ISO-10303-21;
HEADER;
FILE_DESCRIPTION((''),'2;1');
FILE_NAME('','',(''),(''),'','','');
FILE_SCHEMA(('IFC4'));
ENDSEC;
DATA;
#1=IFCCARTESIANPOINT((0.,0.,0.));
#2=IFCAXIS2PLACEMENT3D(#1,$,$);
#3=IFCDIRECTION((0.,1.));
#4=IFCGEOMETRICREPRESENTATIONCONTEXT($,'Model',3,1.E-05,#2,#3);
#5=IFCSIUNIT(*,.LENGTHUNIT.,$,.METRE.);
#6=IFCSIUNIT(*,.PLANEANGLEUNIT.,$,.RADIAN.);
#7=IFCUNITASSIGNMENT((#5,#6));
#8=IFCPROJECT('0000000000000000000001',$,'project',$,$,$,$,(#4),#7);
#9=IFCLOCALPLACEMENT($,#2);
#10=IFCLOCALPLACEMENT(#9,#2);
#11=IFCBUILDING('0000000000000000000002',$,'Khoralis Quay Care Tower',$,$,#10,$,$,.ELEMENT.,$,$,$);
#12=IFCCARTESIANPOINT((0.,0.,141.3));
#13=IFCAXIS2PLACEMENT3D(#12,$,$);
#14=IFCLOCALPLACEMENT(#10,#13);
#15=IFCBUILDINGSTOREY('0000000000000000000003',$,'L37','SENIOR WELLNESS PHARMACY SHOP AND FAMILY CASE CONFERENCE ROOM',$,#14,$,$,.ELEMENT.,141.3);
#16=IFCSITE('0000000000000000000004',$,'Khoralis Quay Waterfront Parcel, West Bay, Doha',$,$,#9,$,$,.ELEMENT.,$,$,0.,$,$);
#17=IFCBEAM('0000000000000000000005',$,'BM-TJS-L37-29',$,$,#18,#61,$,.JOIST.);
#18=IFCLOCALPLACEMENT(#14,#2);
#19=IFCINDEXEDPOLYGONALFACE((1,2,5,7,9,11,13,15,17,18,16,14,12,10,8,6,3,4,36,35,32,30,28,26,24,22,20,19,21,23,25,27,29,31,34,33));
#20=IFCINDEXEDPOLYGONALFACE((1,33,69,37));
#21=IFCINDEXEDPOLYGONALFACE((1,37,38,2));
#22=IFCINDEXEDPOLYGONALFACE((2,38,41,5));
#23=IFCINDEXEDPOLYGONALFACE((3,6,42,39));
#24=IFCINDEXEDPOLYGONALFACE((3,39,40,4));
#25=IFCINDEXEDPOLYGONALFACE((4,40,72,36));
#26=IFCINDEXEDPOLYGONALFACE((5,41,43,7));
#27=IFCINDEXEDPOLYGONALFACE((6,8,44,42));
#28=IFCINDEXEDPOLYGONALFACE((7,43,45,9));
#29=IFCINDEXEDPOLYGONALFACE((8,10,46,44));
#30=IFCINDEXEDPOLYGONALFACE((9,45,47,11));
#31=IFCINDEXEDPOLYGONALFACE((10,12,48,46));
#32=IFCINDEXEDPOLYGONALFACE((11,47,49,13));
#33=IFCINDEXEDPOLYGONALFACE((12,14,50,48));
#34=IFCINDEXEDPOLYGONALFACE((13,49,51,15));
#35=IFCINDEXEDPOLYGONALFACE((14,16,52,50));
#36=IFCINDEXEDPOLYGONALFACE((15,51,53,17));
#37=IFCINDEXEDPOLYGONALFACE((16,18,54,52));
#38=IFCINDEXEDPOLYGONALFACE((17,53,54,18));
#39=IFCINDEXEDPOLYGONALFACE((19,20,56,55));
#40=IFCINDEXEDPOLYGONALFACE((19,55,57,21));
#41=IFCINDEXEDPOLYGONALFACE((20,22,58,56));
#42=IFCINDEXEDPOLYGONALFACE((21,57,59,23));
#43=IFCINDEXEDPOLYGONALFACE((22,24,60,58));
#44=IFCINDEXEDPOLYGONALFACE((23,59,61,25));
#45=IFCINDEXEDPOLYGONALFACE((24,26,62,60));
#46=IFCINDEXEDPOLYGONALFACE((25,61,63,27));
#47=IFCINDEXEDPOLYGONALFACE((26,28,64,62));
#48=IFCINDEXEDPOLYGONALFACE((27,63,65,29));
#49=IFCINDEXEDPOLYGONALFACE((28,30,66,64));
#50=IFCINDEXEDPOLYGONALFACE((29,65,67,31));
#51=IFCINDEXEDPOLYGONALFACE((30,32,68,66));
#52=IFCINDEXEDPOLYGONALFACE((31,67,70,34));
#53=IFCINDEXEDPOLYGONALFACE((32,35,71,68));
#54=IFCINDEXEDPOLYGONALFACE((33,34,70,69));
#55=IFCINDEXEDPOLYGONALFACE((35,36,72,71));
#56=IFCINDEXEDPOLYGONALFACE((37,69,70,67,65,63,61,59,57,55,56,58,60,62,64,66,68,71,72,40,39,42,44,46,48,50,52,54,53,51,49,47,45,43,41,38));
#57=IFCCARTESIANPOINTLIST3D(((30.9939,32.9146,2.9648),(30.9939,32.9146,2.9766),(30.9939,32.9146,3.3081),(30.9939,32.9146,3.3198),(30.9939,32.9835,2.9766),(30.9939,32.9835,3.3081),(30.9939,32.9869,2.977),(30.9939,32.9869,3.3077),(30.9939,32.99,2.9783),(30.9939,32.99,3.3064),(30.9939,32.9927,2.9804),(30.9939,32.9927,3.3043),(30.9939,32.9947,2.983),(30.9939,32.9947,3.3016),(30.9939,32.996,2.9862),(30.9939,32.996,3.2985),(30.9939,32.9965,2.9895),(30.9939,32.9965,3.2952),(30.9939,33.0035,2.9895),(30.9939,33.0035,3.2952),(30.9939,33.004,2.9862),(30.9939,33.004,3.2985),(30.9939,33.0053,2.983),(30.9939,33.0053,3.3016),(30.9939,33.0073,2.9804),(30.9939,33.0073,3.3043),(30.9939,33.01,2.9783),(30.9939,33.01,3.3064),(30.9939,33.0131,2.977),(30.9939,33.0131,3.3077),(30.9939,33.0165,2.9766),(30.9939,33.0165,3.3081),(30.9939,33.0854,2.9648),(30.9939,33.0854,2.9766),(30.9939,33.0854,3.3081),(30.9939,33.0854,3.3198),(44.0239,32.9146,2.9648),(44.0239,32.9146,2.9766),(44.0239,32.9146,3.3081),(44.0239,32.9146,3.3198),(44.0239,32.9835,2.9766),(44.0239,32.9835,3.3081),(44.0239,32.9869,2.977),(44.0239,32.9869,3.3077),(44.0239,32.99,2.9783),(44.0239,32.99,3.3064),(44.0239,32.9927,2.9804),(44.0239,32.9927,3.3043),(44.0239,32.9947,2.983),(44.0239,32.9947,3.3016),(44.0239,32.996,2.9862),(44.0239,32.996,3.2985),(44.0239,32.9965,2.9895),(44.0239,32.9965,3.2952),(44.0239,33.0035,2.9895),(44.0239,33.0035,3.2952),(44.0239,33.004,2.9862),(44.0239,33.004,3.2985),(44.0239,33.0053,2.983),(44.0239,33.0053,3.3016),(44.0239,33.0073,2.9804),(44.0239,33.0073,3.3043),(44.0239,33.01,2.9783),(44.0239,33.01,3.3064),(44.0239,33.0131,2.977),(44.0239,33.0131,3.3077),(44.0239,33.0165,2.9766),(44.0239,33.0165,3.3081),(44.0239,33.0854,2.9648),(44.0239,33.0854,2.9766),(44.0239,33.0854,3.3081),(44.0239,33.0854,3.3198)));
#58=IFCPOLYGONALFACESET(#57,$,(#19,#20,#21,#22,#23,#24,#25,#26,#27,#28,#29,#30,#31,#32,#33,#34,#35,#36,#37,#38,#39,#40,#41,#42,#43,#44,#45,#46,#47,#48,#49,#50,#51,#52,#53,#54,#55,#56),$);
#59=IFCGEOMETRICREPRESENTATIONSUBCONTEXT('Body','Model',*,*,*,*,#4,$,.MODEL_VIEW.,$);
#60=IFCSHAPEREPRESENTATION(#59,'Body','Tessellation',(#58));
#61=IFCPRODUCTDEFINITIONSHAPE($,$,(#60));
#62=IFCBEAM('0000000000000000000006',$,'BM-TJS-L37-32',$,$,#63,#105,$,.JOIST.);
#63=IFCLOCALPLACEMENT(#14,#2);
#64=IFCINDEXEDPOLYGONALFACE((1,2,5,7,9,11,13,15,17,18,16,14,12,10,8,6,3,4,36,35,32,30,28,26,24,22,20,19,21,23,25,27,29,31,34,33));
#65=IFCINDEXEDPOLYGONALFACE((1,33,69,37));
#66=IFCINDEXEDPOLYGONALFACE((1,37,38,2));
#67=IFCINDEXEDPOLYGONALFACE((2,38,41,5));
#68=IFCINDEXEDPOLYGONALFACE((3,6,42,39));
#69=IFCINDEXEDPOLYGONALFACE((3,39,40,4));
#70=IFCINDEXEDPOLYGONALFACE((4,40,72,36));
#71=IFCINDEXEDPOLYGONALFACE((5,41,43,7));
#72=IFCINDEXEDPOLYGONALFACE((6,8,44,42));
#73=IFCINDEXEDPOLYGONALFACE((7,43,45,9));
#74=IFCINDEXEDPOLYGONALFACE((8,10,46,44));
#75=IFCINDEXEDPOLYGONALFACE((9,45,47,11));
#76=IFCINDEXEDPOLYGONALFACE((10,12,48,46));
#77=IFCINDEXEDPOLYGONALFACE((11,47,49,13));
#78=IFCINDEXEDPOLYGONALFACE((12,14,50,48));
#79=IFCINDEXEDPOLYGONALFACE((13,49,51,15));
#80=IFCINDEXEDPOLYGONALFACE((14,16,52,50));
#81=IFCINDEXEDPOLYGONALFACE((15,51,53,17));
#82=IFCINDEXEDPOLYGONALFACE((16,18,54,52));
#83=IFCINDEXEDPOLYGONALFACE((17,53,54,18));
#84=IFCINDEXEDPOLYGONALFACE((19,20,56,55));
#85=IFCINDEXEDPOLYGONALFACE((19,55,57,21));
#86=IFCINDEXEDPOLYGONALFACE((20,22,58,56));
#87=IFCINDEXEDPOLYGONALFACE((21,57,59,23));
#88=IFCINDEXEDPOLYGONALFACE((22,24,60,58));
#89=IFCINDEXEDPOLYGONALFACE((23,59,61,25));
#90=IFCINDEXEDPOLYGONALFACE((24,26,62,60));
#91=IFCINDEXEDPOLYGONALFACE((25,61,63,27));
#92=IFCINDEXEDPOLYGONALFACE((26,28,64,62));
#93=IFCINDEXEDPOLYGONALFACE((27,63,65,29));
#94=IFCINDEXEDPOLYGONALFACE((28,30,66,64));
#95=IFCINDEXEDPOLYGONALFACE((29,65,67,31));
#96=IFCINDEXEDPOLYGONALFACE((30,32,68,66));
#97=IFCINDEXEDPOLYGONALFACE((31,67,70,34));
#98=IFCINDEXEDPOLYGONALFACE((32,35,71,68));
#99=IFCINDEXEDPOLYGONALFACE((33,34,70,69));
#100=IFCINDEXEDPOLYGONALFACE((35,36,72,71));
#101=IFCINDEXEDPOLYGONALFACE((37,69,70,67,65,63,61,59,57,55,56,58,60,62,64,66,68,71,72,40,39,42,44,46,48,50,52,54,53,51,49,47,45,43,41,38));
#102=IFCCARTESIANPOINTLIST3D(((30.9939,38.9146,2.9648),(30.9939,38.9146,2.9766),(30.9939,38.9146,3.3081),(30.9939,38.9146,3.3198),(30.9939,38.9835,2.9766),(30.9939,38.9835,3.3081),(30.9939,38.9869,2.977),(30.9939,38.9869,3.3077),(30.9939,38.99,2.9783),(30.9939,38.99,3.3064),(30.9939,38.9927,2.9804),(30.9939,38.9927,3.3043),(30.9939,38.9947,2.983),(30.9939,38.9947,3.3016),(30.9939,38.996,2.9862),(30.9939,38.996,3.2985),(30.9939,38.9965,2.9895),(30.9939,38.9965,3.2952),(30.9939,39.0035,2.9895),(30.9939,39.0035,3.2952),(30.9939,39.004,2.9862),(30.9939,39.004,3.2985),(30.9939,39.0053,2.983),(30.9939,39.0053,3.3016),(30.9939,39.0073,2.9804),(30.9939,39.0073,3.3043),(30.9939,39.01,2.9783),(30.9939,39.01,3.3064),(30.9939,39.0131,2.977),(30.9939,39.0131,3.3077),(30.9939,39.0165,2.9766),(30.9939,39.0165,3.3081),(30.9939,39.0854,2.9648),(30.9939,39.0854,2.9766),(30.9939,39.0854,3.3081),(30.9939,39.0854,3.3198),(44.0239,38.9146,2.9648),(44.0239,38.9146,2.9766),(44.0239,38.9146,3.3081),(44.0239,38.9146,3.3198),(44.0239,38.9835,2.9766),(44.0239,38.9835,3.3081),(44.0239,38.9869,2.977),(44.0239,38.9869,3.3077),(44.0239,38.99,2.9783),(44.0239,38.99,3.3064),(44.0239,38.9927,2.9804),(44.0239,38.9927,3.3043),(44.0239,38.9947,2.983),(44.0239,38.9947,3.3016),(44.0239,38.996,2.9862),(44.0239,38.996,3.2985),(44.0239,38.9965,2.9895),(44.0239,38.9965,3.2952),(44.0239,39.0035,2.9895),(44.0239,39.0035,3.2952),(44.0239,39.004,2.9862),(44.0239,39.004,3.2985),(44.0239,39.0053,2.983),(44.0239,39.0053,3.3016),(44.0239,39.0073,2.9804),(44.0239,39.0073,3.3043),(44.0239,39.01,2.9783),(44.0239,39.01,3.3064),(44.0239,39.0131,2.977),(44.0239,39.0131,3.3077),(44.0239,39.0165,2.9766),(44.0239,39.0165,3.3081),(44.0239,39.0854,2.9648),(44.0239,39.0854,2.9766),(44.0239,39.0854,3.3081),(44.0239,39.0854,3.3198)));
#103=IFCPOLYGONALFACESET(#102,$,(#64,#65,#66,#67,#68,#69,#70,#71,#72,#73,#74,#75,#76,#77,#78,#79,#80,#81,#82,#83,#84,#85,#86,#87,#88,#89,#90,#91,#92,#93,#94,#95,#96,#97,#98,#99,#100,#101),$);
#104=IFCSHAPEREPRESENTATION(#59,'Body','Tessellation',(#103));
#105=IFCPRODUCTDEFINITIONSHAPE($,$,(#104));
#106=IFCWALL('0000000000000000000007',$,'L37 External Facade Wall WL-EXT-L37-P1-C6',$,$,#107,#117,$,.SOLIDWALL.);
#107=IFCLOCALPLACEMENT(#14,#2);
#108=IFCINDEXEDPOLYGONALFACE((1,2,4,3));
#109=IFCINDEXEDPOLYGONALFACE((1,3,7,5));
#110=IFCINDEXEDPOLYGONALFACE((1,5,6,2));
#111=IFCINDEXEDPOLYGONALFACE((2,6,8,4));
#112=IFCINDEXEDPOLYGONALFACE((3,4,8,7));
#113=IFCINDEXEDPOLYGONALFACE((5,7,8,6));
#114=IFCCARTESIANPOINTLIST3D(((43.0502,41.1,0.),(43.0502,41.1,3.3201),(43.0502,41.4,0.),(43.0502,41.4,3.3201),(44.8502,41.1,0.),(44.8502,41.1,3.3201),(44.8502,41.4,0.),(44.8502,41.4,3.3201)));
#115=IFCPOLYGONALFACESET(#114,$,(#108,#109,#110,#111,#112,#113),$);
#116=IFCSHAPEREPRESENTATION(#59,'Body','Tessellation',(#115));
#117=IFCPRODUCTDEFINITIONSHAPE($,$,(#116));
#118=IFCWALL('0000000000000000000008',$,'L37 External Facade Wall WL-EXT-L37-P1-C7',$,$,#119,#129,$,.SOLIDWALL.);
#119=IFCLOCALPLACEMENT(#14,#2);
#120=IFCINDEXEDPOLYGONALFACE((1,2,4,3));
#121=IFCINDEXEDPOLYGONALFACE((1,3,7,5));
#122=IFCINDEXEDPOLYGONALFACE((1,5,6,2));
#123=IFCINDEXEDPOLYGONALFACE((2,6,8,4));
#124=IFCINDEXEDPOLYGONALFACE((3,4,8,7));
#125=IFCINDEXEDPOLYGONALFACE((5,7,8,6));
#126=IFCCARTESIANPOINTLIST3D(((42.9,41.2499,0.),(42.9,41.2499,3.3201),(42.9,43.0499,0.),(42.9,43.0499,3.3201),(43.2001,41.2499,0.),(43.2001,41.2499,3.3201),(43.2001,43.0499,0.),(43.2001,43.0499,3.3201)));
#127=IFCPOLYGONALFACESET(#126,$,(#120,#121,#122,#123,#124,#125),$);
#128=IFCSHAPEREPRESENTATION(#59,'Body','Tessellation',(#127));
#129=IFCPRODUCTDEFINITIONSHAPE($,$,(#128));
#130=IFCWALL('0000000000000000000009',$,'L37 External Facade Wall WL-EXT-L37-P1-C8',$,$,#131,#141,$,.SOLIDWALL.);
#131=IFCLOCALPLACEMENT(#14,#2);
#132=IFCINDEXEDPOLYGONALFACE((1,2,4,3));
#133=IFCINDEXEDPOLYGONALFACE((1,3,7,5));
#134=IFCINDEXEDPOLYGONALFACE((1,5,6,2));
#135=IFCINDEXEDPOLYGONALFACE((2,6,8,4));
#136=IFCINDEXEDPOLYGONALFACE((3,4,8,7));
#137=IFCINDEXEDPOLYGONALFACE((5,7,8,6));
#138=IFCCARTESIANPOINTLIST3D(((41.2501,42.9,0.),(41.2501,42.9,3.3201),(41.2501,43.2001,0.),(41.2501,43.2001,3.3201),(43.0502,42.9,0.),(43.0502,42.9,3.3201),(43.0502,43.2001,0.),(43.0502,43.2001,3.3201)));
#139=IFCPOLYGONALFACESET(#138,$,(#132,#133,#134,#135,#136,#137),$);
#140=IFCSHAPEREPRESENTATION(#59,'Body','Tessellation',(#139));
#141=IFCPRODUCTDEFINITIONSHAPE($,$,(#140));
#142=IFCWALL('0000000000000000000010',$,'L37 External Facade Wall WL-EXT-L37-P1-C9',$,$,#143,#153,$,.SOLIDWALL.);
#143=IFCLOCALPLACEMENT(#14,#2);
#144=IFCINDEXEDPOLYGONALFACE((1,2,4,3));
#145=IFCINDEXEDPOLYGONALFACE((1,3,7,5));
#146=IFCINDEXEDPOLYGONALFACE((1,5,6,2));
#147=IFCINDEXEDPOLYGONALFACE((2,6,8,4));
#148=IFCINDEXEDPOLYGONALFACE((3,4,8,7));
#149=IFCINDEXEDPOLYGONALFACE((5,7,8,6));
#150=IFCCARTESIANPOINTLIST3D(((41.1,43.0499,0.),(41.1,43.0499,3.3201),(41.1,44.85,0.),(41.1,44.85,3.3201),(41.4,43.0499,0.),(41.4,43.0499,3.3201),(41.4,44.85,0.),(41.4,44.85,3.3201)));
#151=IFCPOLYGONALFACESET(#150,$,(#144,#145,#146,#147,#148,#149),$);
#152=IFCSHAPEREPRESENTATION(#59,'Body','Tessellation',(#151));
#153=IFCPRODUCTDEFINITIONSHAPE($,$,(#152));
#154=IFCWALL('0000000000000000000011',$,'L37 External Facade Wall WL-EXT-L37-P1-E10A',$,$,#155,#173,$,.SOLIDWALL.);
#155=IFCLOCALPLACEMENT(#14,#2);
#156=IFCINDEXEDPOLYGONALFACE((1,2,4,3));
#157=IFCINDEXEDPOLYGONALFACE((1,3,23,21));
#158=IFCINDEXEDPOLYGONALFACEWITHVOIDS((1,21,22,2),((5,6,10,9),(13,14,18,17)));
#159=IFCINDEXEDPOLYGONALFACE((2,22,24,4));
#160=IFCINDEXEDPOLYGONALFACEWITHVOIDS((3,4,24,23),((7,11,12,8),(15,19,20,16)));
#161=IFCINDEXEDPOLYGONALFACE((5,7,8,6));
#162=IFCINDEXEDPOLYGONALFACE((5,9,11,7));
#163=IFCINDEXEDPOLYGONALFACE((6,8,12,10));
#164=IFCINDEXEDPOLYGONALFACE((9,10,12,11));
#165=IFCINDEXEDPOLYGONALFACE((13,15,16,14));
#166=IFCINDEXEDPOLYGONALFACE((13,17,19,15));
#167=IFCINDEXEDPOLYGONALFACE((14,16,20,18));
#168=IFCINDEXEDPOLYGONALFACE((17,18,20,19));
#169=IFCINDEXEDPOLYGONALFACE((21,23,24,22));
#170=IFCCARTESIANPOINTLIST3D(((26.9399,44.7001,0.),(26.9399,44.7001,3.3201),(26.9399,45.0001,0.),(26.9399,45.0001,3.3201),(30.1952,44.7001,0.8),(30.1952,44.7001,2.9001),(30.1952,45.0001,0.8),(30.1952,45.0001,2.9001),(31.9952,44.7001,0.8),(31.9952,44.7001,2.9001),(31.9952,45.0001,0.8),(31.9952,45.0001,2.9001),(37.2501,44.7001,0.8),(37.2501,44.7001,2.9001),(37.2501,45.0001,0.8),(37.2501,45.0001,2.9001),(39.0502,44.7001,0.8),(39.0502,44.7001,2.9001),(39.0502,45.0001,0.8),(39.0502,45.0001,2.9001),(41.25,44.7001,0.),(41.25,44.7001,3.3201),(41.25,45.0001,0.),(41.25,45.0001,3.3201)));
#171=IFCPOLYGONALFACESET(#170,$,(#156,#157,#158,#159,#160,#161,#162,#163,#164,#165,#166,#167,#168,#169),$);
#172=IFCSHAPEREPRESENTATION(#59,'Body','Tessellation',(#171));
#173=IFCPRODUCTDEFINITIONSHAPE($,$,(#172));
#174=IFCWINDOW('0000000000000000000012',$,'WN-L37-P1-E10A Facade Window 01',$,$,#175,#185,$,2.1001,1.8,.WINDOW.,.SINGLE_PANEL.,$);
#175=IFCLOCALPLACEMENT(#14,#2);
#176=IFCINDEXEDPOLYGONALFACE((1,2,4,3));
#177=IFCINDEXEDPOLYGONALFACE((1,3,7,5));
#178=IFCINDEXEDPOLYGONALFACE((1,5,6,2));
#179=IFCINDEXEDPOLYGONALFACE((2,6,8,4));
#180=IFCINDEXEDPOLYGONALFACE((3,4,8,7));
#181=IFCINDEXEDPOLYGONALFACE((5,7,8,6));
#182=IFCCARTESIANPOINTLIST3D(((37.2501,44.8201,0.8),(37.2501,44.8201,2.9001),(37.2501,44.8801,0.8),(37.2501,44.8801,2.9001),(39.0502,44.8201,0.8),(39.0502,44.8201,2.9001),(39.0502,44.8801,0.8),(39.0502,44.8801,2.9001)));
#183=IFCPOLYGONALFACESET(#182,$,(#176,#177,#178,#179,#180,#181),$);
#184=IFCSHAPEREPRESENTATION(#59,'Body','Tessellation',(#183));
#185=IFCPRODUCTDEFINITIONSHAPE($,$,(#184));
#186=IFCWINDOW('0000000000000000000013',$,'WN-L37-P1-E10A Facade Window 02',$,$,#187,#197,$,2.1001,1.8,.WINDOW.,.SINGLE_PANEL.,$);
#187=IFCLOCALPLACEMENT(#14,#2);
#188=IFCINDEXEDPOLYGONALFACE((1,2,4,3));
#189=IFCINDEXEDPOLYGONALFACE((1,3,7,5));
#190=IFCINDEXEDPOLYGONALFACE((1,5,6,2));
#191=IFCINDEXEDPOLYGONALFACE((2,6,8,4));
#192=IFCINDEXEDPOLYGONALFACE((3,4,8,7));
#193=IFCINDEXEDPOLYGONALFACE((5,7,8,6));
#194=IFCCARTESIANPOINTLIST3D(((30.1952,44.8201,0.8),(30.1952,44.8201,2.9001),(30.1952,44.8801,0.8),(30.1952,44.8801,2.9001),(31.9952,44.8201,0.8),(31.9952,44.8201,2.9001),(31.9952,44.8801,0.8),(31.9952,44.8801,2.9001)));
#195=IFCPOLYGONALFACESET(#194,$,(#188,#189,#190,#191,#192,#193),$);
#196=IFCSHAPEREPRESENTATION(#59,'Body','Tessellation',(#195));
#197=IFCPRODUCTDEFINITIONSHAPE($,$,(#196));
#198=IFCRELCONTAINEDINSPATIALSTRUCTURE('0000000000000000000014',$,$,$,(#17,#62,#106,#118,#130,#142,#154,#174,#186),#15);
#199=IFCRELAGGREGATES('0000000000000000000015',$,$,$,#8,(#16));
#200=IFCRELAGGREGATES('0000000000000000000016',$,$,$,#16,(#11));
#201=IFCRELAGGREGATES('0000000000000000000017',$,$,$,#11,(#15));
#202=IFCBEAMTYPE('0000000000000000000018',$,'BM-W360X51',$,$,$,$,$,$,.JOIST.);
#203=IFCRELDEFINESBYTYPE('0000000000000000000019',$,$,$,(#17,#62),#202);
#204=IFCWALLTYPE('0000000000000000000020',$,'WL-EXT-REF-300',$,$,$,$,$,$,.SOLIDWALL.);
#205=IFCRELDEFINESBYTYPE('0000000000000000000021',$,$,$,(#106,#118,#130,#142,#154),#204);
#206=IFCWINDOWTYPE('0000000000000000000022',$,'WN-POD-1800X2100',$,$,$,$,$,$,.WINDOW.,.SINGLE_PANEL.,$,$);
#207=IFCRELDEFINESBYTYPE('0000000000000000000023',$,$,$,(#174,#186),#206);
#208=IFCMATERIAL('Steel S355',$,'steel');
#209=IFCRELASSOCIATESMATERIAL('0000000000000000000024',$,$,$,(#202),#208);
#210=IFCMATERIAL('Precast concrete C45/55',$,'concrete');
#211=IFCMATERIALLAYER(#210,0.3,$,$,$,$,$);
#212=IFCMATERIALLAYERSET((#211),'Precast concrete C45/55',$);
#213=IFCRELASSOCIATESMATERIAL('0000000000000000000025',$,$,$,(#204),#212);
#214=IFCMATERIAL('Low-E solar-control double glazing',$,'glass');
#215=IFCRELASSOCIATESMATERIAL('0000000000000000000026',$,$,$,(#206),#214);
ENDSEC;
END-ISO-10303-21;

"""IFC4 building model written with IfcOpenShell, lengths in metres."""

from ifc_helpers import new_model, si_unit, direction, frame, frame_2d, origin, origin_2d, place, context, subcontext, project, spatial, rectangle, i_section, extrude, source, transform, mapped, material, layer, layer_set, material_profile, profile_set, type_object, element, fill, save


model = new_model("IFC4")

# Units and contexts
model_context = context("Model", 3, precision=1e-05, world=origin(), true_north=direction((0.0, 1.0)))
body_context = subcontext(model_context, "Body", "Model", "MODEL_VIEW")
ifc_project = project(units=[si_unit("LENGTHUNIT", "METRE"), si_unit("PLANEANGLEUNIT", "RADIAN")], contexts=[model_context])

# Site, building, storey
site_placement = place(None, origin())
site = spatial("IfcSite", under=ifc_project, at=site_placement, Name="Khoralis Quay Waterfront Parcel, West Bay, Doha", CompositionType="ELEMENT", RefElevation=0.0)
building_placement = place(site_placement, origin())
building = spatial("IfcBuilding", under=site, at=building_placement, Name="Khoralis Quay Care Tower", CompositionType="ELEMENT")
storey_placement = place(building_placement, frame((0.0, 0.0, 141.3)))
storey = spatial("IfcBuildingStorey", under=building, at=storey_placement, Name="L37", Description="SENIOR WELLNESS PHARMACY SHOP AND FAMILY CASE CONFERENCE ROOM", CompositionType="ELEMENT", Elevation=141.3)

# Beams
ifc_material_1 = material(Name="Steel S355", Category="steel")
ifc_material_profile_1 = material_profile(ifc_material_1, i_section(OverallWidth=0.1709, OverallDepth=0.355, WebThickness=0.0071, FlangeThickness=0.0117, FilletRadius=0.0129, at=origin_2d()), Name="Steel S355")
ifc_profile_set_1 = profile_set([ifc_material_profile_1], Name="Steel S355")
beam_type_1 = type_object("IfcBeamType", Name="BM-W360X51", PredefinedType="JOIST", material=ifc_profile_set_1)
shared_shape_1 = source(origin(), body_context, "Body", "SweptSolid", [
    extrude(i_section(OverallWidth=0.1709, OverallDepth=0.355, WebThickness=0.0071, FlangeThickness=0.0117, FilletRadius=0.0129, at=origin_2d()), origin(), (0.0, 0.0, 1.0), 13.03),
])
for number, where, z_axis, x_axis, name in (
    (1, (30.9939, 33.0, 3.1423), (1.0, 0.0, 0.0), (0.0, 1.0, 0.0), "BM-TJS-L37-29"),
    (2, (30.9939, 39.0, 3.1423), (1.0, 0.0, 0.0), (0.0, 1.0, 0.0), "BM-TJS-L37-32"),
):
    element("IfcBeam", number, at=place(storey_placement, frame(where, z_axis=z_axis, x_axis=x_axis)), inside=storey, type_object=beam_type_1, Name=name, PredefinedType="JOIST", context=body_context, shape_type="MappedRepresentation", body=[
        mapped(shared_shape_1, transform((0.0, 0.0, 0.0), scale=1.0)),
    ])

# Walls
ifc_material_2 = material(Name="Precast concrete C45/55", Category="concrete")
ifc_layer_1 = layer(ifc_material_2, 0.3)
ifc_layer_set_1 = layer_set([ifc_layer_1], Name="Precast concrete C45/55")
wall_type_1 = type_object("IfcWallType", Name="WL-EXT-REF-300", PredefinedType="SOLIDWALL", material=ifc_layer_set_1)
for number, where, z_axis, x_axis, name in (
    (3, (44.8501, 41.25, 0.0), (0.0, 0.0, 1.0), (-1.0, 0.0, 0.0), "L37 External Facade Wall WL-EXT-L37-P1-C6"),
    (4, (43.05, 41.25, 0.0), (0.0, 0.0, 1.0), (0.0, 1.0, 0.0), "L37 External Facade Wall WL-EXT-L37-P1-C7"),
    (5, (43.05, 43.05, 0.0), (0.0, 0.0, 1.0), (-1.0, 0.0, 0.0), "L37 External Facade Wall WL-EXT-L37-P1-C8"),
    (6, (41.25, 43.05, 0.0), (0.0, 0.0, 1.0), (0.0, 1.0, 0.0), "L37 External Facade Wall WL-EXT-L37-P1-C9"),
):
    element("IfcWall", number, at=place(storey_placement, frame(where, z_axis=z_axis, x_axis=x_axis)), inside=storey, type_object=wall_type_1, Name=name, PredefinedType="SOLIDWALL", context=body_context, shape_type="SweptSolid", body=[
        extrude(rectangle(XDim=1.8, YDim=0.3, at=frame_2d((0.8999, 0.0))), origin(), (0.0, 0.0, 1.0), 3.3201),
    ])

# Wall, openings, windows
wall_1_placement = place(storey_placement, frame((41.25, 44.8501, 0.0), z_axis=(0.0, 0.0, 1.0), x_axis=(-1.0, 0.0, 0.0)))
wall_1 = element("IfcWall", 7, at=wall_1_placement, inside=storey, type_object=wall_type_1, Name="L37 External Facade Wall WL-EXT-L37-P1-E10A", PredefinedType="SOLIDWALL", context=body_context, shape_type="SweptSolid", body=[
    extrude(rectangle(XDim=14.3101, YDim=0.3, at=frame_2d((7.155, 0.0))), origin(), (0.0, 0.0, 1.0), 3.3201),
])
opening_1_placement = place(wall_1_placement, frame((2.2, 0.0, 0.8)))
opening_1 = element("IfcOpeningElement", 8, at=opening_1_placement, cuts=wall_1, PredefinedType="OPENING", context=body_context, shape_type="SweptSolid", body=[
    extrude(rectangle(XDim=1.8, YDim=2.1001, at=frame_2d((0.8999, 1.05))), frame((0.0, 0.1602, 0.0), z_axis=(0.0, -1.0, 0.0), x_axis=(1.0, 0.0, 0.0)), (0.0, 0.0, 1.0), 0.3201),
])
opening_2_placement = place(wall_1_placement, frame((9.2549, 0.0, 0.8)))
opening_2 = element("IfcOpeningElement", 9, at=opening_2_placement, cuts=wall_1, PredefinedType="OPENING", context=body_context, shape_type="SweptSolid", body=[
    extrude(rectangle(XDim=1.8, YDim=2.1001, at=frame_2d((0.8999, 1.05))), frame((0.0, 0.1602, 0.0), z_axis=(0.0, -1.0, 0.0), x_axis=(1.0, 0.0, 0.0)), (0.0, 0.0, 1.0), 0.3201),
])
ifc_material_3 = material(Name="Low-E solar-control double glazing", Category="glass")
window_type = type_object("IfcWindowType", Name="WN-POD-1800X2100", PartitioningType="SINGLE_PANEL", PredefinedType="WINDOW", material=ifc_material_3)
shared_shape_2 = source(origin(), body_context, "Body", "SweptSolid", [
    extrude(rectangle(XDim=1.8, YDim=2.1001, at=frame_2d((0.8999, 1.05))), frame((0.0, 0.03, 0.0), z_axis=(0.0, -1.0, 0.0), x_axis=(1.0, 0.0, 0.0)), (0.0, 0.0, 1.0), 0.0601),
])
window_1_placement = place(opening_1_placement, origin())
window_1 = element("IfcWindow", 10, at=window_1_placement, inside=storey, type_object=window_type, Name="WN-L37-P1-E10A Facade Window 01", OverallHeight=2.1001, OverallWidth=1.8, PartitioningType="SINGLE_PANEL", PredefinedType="WINDOW", context=body_context, shape_type="MappedRepresentation", body=[
    mapped(shared_shape_2, transform((0.0, 0.0, 0.0), scale=1.0)),
])
fill(opening_1, window_1)
window_2_placement = place(opening_2_placement, origin())
window_2 = element("IfcWindow", 11, at=window_2_placement, inside=storey, type_object=window_type, Name="WN-L37-P1-E10A Facade Window 02", OverallHeight=2.1001, OverallWidth=1.8, PartitioningType="SINGLE_PANEL", PredefinedType="WINDOW", context=body_context, shape_type="MappedRepresentation", body=[
    mapped(shared_shape_2, transform((0.0, 0.0, 0.0), scale=1.0)),
])
fill(opening_2, window_2)

save(model, "model.ifc")
